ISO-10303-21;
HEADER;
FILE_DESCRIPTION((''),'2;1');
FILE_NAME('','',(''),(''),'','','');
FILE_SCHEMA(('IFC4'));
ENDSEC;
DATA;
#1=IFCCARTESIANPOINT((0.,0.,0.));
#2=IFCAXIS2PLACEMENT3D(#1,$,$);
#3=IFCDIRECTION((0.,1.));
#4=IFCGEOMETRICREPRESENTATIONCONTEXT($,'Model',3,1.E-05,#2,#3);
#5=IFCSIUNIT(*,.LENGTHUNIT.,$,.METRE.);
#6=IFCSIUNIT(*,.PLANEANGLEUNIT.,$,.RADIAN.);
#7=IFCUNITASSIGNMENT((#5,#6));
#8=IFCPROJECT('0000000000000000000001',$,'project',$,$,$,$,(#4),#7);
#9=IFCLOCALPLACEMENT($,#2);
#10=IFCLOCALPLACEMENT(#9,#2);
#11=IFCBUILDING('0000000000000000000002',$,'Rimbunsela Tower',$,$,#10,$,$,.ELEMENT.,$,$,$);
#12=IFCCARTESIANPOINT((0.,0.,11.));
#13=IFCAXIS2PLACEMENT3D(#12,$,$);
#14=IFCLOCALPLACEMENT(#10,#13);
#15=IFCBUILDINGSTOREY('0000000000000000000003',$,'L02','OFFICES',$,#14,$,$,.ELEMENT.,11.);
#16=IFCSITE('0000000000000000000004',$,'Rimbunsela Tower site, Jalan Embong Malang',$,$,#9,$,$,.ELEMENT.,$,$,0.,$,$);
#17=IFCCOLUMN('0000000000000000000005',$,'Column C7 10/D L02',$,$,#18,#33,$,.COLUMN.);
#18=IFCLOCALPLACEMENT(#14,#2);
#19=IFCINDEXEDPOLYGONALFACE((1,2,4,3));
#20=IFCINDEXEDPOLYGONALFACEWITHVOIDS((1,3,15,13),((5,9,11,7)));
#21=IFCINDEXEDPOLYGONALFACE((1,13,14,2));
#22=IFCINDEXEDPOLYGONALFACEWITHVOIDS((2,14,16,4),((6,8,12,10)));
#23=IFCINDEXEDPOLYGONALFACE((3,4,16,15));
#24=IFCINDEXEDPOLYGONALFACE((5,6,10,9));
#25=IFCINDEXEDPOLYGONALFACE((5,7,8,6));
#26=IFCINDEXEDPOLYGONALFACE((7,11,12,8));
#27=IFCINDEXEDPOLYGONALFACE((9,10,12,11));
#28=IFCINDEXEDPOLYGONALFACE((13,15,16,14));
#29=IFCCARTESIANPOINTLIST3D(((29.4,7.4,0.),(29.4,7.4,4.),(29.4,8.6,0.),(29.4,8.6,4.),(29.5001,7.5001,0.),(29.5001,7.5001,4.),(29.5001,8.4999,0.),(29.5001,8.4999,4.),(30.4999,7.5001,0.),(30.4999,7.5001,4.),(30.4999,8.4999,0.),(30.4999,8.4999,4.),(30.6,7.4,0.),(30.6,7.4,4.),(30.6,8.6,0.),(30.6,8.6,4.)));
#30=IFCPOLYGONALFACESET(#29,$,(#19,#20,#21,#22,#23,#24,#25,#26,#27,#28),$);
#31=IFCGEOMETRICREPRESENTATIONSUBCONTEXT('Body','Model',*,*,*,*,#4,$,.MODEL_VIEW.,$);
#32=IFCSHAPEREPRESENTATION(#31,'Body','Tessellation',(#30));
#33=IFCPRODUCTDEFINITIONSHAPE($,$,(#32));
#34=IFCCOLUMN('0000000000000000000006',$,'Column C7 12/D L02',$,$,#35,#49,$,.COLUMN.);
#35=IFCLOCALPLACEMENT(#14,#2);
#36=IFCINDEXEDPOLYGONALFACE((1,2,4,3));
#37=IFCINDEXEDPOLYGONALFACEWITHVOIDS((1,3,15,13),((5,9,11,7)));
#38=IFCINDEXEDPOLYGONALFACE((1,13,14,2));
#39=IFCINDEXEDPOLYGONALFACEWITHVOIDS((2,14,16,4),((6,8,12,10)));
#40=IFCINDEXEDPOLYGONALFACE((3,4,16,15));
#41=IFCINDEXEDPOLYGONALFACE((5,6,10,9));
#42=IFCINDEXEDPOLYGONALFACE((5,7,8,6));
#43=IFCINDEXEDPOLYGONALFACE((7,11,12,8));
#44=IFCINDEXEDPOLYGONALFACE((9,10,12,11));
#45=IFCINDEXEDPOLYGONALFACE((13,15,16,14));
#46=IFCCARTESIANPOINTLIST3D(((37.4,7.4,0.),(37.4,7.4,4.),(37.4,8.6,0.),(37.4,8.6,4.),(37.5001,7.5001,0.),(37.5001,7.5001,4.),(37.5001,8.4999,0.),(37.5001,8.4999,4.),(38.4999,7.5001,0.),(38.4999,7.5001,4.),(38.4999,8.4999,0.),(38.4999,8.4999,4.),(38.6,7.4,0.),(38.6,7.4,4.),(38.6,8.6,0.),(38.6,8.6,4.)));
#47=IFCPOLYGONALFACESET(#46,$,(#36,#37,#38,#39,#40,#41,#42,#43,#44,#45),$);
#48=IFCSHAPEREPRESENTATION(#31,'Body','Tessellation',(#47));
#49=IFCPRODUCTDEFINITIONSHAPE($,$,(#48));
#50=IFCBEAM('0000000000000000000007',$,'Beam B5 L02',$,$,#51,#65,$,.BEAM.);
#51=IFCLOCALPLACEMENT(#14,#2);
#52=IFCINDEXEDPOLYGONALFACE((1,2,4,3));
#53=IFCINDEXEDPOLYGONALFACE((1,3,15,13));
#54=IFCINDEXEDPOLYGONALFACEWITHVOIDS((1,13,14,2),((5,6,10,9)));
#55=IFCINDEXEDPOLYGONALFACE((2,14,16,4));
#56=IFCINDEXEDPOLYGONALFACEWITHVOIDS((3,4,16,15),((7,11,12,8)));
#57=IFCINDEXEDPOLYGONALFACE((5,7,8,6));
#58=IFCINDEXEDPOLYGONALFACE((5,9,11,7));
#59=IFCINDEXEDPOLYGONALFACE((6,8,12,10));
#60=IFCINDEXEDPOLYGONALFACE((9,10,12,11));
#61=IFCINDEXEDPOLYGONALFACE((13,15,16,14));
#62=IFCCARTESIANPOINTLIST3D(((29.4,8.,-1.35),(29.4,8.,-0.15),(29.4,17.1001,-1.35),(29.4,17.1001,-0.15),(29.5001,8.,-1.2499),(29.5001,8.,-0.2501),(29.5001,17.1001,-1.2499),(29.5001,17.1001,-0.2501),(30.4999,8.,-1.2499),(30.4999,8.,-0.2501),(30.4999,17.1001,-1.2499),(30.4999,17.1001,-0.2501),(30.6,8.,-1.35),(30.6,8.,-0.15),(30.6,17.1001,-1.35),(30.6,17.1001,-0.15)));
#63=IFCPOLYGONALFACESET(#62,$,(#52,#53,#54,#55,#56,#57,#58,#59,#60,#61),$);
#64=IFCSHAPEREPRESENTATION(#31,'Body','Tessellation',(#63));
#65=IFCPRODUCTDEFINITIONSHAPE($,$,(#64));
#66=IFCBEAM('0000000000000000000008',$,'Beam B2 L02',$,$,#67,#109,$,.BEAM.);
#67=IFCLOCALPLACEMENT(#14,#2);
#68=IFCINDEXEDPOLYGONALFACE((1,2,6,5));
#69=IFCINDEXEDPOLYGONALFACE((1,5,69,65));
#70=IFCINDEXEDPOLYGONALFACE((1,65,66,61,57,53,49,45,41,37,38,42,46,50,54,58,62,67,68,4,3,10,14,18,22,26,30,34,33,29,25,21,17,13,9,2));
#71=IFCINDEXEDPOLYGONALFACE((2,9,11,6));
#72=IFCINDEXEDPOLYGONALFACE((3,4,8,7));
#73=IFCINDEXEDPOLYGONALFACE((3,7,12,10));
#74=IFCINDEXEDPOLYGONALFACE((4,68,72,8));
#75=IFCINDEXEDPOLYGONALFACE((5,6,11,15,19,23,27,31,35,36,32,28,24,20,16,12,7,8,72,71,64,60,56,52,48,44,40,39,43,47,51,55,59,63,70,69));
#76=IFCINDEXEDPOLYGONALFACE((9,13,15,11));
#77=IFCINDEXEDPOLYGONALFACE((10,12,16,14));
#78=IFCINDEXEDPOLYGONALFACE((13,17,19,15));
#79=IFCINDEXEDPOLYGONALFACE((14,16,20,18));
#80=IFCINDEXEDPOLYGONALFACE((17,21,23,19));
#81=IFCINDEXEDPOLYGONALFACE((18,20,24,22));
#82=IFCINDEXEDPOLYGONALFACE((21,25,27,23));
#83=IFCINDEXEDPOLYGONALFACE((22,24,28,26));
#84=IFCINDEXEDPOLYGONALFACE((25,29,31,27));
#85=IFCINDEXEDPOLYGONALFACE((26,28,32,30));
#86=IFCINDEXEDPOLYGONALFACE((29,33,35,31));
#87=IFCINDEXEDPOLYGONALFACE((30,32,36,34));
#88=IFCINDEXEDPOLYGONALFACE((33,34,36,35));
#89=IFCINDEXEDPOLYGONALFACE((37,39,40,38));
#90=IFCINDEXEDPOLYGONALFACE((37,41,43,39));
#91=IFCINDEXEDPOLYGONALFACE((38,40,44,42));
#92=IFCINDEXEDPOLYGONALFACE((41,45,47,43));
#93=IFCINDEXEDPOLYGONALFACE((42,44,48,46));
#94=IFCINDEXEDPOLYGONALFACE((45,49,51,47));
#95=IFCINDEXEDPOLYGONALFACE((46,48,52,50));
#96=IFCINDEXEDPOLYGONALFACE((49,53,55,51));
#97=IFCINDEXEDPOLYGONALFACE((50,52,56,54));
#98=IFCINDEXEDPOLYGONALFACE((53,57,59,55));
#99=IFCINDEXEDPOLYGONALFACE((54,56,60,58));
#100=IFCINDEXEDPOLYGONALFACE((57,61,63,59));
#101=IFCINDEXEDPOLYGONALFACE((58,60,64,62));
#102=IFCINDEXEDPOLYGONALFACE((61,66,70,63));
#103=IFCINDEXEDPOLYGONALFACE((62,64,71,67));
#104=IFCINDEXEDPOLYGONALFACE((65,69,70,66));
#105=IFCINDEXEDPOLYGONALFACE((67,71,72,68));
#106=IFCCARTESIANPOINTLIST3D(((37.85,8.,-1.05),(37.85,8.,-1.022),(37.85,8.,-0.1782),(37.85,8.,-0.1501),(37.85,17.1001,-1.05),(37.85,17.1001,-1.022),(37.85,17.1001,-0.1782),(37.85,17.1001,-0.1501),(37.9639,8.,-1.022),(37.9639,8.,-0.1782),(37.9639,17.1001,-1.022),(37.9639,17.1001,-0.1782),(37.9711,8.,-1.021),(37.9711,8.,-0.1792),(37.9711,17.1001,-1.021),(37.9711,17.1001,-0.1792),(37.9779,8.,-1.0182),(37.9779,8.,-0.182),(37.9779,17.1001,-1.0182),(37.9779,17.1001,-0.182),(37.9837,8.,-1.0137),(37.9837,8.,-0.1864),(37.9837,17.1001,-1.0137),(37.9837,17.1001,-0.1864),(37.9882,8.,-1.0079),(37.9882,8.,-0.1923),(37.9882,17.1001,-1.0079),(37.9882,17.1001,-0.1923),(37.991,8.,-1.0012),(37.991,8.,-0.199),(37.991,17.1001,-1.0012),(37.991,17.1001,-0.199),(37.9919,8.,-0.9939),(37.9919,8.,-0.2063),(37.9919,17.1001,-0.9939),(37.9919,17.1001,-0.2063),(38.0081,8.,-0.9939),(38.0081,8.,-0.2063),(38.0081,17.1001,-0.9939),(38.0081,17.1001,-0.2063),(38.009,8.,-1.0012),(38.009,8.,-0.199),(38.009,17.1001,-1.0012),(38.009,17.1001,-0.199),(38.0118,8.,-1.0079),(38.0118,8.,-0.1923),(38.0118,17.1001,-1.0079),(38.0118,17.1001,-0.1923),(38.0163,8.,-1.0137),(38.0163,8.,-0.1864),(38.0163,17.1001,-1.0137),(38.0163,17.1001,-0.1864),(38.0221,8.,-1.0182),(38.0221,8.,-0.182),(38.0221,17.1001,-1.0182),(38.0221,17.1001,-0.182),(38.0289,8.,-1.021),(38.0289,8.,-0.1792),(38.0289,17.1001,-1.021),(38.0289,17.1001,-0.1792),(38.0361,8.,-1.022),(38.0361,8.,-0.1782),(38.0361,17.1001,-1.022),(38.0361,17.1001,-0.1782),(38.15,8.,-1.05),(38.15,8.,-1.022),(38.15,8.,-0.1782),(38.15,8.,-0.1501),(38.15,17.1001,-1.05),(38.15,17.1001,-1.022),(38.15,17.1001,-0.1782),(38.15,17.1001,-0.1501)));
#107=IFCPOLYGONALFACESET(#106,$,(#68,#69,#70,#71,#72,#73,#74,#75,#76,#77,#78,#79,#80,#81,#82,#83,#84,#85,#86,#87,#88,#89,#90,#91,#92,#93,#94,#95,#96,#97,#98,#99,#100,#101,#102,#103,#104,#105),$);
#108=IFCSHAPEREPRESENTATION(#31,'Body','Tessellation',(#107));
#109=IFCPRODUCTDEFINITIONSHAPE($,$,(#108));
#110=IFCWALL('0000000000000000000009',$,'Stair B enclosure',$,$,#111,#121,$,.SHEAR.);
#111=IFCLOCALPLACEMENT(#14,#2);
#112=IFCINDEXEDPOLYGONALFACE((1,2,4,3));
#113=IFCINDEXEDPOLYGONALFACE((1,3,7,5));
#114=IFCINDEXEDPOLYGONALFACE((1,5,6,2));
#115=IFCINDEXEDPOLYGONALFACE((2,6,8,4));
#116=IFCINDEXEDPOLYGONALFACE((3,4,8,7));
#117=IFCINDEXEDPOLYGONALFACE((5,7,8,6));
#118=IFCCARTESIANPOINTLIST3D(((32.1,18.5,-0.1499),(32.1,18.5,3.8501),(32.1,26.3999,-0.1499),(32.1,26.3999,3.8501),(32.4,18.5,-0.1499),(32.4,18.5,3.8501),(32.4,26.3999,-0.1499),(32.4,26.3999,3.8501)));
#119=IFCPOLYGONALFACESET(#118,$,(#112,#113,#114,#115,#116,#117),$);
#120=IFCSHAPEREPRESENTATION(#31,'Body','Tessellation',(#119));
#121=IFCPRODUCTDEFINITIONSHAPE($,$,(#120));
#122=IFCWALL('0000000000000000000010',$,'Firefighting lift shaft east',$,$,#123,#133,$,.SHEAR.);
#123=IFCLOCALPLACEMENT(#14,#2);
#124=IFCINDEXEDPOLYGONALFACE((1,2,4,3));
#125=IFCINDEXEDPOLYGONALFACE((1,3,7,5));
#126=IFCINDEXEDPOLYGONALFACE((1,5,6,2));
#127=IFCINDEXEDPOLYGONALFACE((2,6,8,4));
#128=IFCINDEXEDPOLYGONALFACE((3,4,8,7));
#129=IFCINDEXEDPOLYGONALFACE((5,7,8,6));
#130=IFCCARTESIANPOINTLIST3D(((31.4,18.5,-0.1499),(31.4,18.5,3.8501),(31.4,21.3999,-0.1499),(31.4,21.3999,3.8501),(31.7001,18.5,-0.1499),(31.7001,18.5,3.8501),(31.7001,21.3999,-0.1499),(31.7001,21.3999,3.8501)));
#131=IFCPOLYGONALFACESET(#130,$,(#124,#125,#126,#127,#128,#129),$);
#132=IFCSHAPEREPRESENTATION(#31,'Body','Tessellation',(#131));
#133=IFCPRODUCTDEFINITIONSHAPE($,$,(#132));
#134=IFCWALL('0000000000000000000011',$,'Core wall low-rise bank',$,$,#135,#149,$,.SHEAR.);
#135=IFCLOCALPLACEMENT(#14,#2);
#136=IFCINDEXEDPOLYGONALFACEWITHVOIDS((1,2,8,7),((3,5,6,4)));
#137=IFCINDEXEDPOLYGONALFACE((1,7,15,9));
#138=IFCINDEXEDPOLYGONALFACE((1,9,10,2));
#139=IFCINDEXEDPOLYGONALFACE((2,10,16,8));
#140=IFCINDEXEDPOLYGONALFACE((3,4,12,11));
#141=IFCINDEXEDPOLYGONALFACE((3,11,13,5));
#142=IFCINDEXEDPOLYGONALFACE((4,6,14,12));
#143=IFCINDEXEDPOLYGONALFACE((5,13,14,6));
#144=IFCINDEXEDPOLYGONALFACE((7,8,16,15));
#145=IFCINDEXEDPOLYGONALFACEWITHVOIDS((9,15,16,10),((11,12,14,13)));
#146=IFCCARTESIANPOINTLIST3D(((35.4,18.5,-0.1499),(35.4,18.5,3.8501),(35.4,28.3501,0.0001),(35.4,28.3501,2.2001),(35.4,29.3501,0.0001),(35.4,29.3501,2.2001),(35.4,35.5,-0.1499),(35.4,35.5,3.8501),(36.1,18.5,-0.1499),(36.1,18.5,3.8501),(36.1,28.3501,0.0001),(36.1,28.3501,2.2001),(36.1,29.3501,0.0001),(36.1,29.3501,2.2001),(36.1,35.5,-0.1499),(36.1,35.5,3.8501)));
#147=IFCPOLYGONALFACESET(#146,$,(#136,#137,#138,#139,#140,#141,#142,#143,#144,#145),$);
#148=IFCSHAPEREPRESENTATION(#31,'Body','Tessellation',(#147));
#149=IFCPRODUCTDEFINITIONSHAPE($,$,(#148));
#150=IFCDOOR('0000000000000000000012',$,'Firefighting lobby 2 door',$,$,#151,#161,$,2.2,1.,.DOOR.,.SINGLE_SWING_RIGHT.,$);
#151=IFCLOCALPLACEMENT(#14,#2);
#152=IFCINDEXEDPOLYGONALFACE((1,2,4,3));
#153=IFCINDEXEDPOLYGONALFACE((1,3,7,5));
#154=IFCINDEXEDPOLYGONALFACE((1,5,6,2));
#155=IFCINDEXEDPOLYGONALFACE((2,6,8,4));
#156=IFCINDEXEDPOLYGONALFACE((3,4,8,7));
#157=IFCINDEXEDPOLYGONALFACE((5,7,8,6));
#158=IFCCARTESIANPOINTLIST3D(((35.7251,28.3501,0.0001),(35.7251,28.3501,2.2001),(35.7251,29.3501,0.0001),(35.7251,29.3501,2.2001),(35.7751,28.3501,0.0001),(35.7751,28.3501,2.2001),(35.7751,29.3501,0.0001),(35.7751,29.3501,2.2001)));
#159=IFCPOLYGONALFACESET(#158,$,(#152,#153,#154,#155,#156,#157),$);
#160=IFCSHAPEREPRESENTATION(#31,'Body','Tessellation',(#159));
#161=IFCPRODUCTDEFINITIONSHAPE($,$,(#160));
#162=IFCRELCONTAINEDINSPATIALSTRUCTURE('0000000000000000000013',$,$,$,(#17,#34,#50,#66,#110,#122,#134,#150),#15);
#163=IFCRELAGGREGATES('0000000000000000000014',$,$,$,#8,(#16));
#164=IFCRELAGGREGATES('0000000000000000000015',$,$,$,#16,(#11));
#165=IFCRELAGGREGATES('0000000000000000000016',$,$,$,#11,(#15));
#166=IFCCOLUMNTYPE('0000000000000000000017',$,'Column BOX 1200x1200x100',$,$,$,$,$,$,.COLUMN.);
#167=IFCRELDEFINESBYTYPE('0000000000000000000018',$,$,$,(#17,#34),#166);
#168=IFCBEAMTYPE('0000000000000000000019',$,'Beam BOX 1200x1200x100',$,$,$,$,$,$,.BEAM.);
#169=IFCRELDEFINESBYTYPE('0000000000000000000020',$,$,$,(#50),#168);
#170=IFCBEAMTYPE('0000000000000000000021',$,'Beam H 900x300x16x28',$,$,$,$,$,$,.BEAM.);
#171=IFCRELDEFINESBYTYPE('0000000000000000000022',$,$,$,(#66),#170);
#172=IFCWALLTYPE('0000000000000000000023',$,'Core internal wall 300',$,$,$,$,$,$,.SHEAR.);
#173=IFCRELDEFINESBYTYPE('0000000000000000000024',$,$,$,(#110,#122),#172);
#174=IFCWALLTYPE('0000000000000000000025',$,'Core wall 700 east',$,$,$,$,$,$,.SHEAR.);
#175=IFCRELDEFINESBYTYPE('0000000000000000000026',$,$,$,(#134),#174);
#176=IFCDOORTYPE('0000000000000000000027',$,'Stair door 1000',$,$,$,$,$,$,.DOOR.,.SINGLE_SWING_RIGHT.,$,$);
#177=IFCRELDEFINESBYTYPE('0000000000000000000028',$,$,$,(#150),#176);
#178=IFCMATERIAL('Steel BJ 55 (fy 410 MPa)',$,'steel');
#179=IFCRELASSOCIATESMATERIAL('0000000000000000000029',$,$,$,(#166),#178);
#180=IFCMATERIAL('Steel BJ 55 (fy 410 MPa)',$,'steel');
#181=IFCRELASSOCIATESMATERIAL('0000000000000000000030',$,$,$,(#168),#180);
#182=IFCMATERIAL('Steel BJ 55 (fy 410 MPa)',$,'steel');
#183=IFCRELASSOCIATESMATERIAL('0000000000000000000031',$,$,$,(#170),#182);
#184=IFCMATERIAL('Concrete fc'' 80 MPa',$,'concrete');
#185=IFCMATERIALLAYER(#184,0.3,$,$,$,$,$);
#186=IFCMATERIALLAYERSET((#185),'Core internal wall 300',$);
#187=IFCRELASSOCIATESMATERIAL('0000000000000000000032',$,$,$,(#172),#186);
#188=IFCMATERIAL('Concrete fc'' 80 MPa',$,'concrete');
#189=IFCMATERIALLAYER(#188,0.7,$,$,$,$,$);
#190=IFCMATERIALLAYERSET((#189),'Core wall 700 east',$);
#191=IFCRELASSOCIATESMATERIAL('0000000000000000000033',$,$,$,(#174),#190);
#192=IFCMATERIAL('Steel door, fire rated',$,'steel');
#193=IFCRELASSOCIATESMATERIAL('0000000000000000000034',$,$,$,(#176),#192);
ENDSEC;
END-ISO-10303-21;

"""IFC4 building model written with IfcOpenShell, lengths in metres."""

from ifc_helpers import new_model, si_unit, direction, frame, frame_2d, origin, origin_2d, place, context, subcontext, project, spatial, rectangle, hollow_rectangle, i_section, extrude, material, layer, layer_set, material_profile, profile_set, type_object, element, fill, save


model = new_model("IFC4")

# Units and contexts
model_context = context("Model", 3, precision=1e-05, world=origin(), true_north=direction((0.0, 1.0)))
body_context = subcontext(model_context, "Body", "Model", "MODEL_VIEW")
ifc_project = project(units=[si_unit("LENGTHUNIT", "METRE"), si_unit("PLANEANGLEUNIT", "RADIAN")], contexts=[model_context])

# Site, building, storey
site_placement = place(None, origin())
site = spatial("IfcSite", under=ifc_project, at=site_placement, Name="Rimbunsela Tower site, Jalan Embong Malang", CompositionType="ELEMENT", RefElevation=0.0)
building_placement = place(site_placement, origin())
building = spatial("IfcBuilding", under=site, at=building_placement, Name="Rimbunsela Tower", CompositionType="ELEMENT")
storey_placement = place(building_placement, frame((0.0, 0.0, 11.0)))
storey = spatial("IfcBuildingStorey", under=building, at=storey_placement, Name="L02", Description="OFFICES", CompositionType="ELEMENT", Elevation=11.0)

# Columns
ifc_material_1 = material(Name="Steel BJ 55 (fy 410 MPa)", Category="steel")
ifc_material_profile_1 = material_profile(ifc_material_1, hollow_rectangle(XDim=1.2, YDim=1.2, WallThickness=0.1001, at=origin_2d()), Name="BOX 1200x1200x100")
ifc_profile_set_1 = profile_set([ifc_material_profile_1], Name="Steel BJ 55 (fy 410 MPa)")
column_type = type_object("IfcColumnType", Name="Column BOX 1200x1200x100", PredefinedType="COLUMN", material=ifc_profile_set_1)
for number, where, z_axis, x_axis, name in (
    (1, (30.0, 8.0, 0.0), (0.0, 0.0, 1.0), (1.0, 0.0, 0.0), "Column C7 10/D L02"),
    (2, (38.0, 8.0, 0.0), (0.0, 0.0, 1.0), (1.0, 0.0, 0.0), "Column C7 12/D L02"),
):
    element("IfcColumn", number, at=place(storey_placement, frame(where, z_axis=z_axis, x_axis=x_axis)), inside=storey, type_object=column_type, Name=name, PredefinedType="COLUMN", context=body_context, shape_type="SweptSolid", body=[
        extrude(hollow_rectangle(XDim=1.2, YDim=1.2, WallThickness=0.1001, at=origin_2d()), origin(), (0.0, 0.0, 1.0), 4.0),
    ])

# Beams
ifc_material_2 = material(Name="Steel BJ 55 (fy 410 MPa)", Category="steel")
ifc_material_profile_2 = material_profile(ifc_material_2, hollow_rectangle(XDim=1.2, YDim=1.2, WallThickness=0.1001, at=origin_2d()), Name="BOX 1200x1200x100")
ifc_profile_set_2 = profile_set([ifc_material_profile_2], Name="Steel BJ 55 (fy 410 MPa)")
beam_type_1 = type_object("IfcBeamType", Name="Beam BOX 1200x1200x100", PredefinedType="BEAM", material=ifc_profile_set_2)
beam_1_placement = place(storey_placement, frame((30.0, 8.0, -0.75), z_axis=(0.0, 1.0, 0.0), x_axis=(-1.0, 0.0, 0.0)))
element("IfcBeam", 3, at=beam_1_placement, inside=storey, type_object=beam_type_1, Name="Beam B5 L02", PredefinedType="BEAM", context=body_context, shape_type="SweptSolid", body=[
    extrude(hollow_rectangle(XDim=1.2, YDim=1.2, WallThickness=0.1001, at=origin_2d()), origin(), (0.0, 0.0, 1.0), 9.1001),
])
ifc_material_3 = material(Name="Steel BJ 55 (fy 410 MPa)", Category="steel")
ifc_material_profile_3 = material_profile(ifc_material_3, i_section(OverallWidth=0.3, OverallDepth=0.8999, WebThickness=0.0161, FlangeThickness=0.0281, FilletRadius=0.0281, at=origin_2d()), Name="H 900x300x16x28")
ifc_profile_set_3 = profile_set([ifc_material_profile_3], Name="Steel BJ 55 (fy 410 MPa)")
beam_type_2 = type_object("IfcBeamType", Name="Beam H 900x300x16x28", PredefinedType="BEAM", material=ifc_profile_set_3)
beam_2_placement = place(storey_placement, frame((38.0, 8.0, -0.6001), z_axis=(0.0, 1.0, 0.0), x_axis=(-1.0, 0.0, 0.0)))
element("IfcBeam", 4, at=beam_2_placement, inside=storey, type_object=beam_type_2, Name="Beam B2 L02", PredefinedType="BEAM", context=body_context, shape_type="SweptSolid", body=[
    extrude(i_section(OverallWidth=0.3, OverallDepth=0.8999, WebThickness=0.0161, FlangeThickness=0.0281, FilletRadius=0.0281, at=origin_2d()), origin(), (0.0, 0.0, 1.0), 9.1001),
])

# Walls
ifc_material_4 = material(Name="Concrete fc' 80 MPa", Category="concrete")
ifc_layer_1 = layer(ifc_material_4, 0.3)
ifc_layer_set_1 = layer_set([ifc_layer_1], Name="Core internal wall 300")
wall_type_1 = type_object("IfcWallType", Name="Core internal wall 300", PredefinedType="SHEAR", material=ifc_layer_set_1)
wall_1_placement = place(storey_placement, frame((32.25, 18.5, -0.1499), z_axis=(0.0, 0.0, 1.0), x_axis=(0.0, 1.0, 0.0)))
element("IfcWall", 5, at=wall_1_placement, inside=storey, type_object=wall_type_1, Name="Stair B enclosure", PredefinedType="SHEAR", context=body_context, shape_type="SweptSolid", body=[
    extrude(rectangle(XDim=7.8999, YDim=0.3, at=frame_2d((3.95, 0.0))), origin(), (0.0, 0.0, 1.0), 4.0),
])
wall_2_placement = place(storey_placement, frame((31.55, 18.5, -0.1499), z_axis=(0.0, 0.0, 1.0), x_axis=(0.0, 1.0, 0.0)))
element("IfcWall", 6, at=wall_2_placement, inside=storey, type_object=wall_type_1, Name="Firefighting lift shaft east", PredefinedType="SHEAR", context=body_context, shape_type="SweptSolid", body=[
    extrude(rectangle(XDim=2.8999, YDim=0.3, at=frame_2d((1.45, 0.0))), origin(), (0.0, 0.0, 1.0), 4.0),
])

# Wall, opening, door
ifc_material_5 = material(Name="Concrete fc' 80 MPa", Category="concrete")
ifc_layer_2 = layer(ifc_material_5, 0.7)
ifc_layer_set_2 = layer_set([ifc_layer_2], Name="Core wall 700 east")
wall_type_2 = type_object("IfcWallType", Name="Core wall 700 east", PredefinedType="SHEAR", material=ifc_layer_set_2)
wall_3_placement = place(storey_placement, frame((35.75, 18.5, -0.1499), z_axis=(0.0, 0.0, 1.0), x_axis=(0.0, 1.0, 0.0)))
wall_3 = element("IfcWall", 7, at=wall_3_placement, inside=storey, type_object=wall_type_2, Name="Core wall low-rise bank", PredefinedType="SHEAR", context=body_context, shape_type="SweptSolid", body=[
    extrude(rectangle(XDim=17.0, YDim=0.7, at=frame_2d((8.5, 0.0))), origin(), (0.0, 0.0, 1.0), 4.0),
])
opening_1_placement = place(wall_3_placement, frame((9.8501, 0.0, 0.1499)))
opening_1 = element("IfcOpeningElement", 8, at=opening_1_placement, cuts=wall_3, PredefinedType="OPENING", context=body_context, shape_type="SweptSolid", body=[
    extrude(rectangle(XDim=1.0, YDim=2.2, at=frame_2d((0.5, 1.1001))), frame((0.0, 0.3599, 0.0), z_axis=(0.0, -1.0, 0.0), x_axis=(1.0, 0.0, 0.0)), (0.0, 0.0, 1.0), 0.72),
])
ifc_material_6 = material(Name="Steel door, fire rated", Category="steel")
door_type_1 = type_object("IfcDoorType", Name="Stair door 1000", OperationType="SINGLE_SWING_RIGHT", PredefinedType="DOOR", material=ifc_material_6)
door_1_placement = place(opening_1_placement, origin())
door_1 = element("IfcDoor", 9, at=door_1_placement, inside=storey, type_object=door_type_1, Name="Firefighting lobby 2 door", OperationType="SINGLE_SWING_RIGHT", OverallHeight=2.2, OverallWidth=1.0, PredefinedType="DOOR", context=body_context, shape_type="SweptSolid", body=[
    extrude(rectangle(XDim=1.0, YDim=2.2, at=frame_2d((0.5, 1.1001))), frame((0.0, 0.0249, 0.0), z_axis=(0.0, -1.0, 0.0), x_axis=(1.0, 0.0, 0.0)), (0.0, 0.0, 1.0), 0.05),
])
fill(opening_1, door_1)

save(model, "model.ifc")
